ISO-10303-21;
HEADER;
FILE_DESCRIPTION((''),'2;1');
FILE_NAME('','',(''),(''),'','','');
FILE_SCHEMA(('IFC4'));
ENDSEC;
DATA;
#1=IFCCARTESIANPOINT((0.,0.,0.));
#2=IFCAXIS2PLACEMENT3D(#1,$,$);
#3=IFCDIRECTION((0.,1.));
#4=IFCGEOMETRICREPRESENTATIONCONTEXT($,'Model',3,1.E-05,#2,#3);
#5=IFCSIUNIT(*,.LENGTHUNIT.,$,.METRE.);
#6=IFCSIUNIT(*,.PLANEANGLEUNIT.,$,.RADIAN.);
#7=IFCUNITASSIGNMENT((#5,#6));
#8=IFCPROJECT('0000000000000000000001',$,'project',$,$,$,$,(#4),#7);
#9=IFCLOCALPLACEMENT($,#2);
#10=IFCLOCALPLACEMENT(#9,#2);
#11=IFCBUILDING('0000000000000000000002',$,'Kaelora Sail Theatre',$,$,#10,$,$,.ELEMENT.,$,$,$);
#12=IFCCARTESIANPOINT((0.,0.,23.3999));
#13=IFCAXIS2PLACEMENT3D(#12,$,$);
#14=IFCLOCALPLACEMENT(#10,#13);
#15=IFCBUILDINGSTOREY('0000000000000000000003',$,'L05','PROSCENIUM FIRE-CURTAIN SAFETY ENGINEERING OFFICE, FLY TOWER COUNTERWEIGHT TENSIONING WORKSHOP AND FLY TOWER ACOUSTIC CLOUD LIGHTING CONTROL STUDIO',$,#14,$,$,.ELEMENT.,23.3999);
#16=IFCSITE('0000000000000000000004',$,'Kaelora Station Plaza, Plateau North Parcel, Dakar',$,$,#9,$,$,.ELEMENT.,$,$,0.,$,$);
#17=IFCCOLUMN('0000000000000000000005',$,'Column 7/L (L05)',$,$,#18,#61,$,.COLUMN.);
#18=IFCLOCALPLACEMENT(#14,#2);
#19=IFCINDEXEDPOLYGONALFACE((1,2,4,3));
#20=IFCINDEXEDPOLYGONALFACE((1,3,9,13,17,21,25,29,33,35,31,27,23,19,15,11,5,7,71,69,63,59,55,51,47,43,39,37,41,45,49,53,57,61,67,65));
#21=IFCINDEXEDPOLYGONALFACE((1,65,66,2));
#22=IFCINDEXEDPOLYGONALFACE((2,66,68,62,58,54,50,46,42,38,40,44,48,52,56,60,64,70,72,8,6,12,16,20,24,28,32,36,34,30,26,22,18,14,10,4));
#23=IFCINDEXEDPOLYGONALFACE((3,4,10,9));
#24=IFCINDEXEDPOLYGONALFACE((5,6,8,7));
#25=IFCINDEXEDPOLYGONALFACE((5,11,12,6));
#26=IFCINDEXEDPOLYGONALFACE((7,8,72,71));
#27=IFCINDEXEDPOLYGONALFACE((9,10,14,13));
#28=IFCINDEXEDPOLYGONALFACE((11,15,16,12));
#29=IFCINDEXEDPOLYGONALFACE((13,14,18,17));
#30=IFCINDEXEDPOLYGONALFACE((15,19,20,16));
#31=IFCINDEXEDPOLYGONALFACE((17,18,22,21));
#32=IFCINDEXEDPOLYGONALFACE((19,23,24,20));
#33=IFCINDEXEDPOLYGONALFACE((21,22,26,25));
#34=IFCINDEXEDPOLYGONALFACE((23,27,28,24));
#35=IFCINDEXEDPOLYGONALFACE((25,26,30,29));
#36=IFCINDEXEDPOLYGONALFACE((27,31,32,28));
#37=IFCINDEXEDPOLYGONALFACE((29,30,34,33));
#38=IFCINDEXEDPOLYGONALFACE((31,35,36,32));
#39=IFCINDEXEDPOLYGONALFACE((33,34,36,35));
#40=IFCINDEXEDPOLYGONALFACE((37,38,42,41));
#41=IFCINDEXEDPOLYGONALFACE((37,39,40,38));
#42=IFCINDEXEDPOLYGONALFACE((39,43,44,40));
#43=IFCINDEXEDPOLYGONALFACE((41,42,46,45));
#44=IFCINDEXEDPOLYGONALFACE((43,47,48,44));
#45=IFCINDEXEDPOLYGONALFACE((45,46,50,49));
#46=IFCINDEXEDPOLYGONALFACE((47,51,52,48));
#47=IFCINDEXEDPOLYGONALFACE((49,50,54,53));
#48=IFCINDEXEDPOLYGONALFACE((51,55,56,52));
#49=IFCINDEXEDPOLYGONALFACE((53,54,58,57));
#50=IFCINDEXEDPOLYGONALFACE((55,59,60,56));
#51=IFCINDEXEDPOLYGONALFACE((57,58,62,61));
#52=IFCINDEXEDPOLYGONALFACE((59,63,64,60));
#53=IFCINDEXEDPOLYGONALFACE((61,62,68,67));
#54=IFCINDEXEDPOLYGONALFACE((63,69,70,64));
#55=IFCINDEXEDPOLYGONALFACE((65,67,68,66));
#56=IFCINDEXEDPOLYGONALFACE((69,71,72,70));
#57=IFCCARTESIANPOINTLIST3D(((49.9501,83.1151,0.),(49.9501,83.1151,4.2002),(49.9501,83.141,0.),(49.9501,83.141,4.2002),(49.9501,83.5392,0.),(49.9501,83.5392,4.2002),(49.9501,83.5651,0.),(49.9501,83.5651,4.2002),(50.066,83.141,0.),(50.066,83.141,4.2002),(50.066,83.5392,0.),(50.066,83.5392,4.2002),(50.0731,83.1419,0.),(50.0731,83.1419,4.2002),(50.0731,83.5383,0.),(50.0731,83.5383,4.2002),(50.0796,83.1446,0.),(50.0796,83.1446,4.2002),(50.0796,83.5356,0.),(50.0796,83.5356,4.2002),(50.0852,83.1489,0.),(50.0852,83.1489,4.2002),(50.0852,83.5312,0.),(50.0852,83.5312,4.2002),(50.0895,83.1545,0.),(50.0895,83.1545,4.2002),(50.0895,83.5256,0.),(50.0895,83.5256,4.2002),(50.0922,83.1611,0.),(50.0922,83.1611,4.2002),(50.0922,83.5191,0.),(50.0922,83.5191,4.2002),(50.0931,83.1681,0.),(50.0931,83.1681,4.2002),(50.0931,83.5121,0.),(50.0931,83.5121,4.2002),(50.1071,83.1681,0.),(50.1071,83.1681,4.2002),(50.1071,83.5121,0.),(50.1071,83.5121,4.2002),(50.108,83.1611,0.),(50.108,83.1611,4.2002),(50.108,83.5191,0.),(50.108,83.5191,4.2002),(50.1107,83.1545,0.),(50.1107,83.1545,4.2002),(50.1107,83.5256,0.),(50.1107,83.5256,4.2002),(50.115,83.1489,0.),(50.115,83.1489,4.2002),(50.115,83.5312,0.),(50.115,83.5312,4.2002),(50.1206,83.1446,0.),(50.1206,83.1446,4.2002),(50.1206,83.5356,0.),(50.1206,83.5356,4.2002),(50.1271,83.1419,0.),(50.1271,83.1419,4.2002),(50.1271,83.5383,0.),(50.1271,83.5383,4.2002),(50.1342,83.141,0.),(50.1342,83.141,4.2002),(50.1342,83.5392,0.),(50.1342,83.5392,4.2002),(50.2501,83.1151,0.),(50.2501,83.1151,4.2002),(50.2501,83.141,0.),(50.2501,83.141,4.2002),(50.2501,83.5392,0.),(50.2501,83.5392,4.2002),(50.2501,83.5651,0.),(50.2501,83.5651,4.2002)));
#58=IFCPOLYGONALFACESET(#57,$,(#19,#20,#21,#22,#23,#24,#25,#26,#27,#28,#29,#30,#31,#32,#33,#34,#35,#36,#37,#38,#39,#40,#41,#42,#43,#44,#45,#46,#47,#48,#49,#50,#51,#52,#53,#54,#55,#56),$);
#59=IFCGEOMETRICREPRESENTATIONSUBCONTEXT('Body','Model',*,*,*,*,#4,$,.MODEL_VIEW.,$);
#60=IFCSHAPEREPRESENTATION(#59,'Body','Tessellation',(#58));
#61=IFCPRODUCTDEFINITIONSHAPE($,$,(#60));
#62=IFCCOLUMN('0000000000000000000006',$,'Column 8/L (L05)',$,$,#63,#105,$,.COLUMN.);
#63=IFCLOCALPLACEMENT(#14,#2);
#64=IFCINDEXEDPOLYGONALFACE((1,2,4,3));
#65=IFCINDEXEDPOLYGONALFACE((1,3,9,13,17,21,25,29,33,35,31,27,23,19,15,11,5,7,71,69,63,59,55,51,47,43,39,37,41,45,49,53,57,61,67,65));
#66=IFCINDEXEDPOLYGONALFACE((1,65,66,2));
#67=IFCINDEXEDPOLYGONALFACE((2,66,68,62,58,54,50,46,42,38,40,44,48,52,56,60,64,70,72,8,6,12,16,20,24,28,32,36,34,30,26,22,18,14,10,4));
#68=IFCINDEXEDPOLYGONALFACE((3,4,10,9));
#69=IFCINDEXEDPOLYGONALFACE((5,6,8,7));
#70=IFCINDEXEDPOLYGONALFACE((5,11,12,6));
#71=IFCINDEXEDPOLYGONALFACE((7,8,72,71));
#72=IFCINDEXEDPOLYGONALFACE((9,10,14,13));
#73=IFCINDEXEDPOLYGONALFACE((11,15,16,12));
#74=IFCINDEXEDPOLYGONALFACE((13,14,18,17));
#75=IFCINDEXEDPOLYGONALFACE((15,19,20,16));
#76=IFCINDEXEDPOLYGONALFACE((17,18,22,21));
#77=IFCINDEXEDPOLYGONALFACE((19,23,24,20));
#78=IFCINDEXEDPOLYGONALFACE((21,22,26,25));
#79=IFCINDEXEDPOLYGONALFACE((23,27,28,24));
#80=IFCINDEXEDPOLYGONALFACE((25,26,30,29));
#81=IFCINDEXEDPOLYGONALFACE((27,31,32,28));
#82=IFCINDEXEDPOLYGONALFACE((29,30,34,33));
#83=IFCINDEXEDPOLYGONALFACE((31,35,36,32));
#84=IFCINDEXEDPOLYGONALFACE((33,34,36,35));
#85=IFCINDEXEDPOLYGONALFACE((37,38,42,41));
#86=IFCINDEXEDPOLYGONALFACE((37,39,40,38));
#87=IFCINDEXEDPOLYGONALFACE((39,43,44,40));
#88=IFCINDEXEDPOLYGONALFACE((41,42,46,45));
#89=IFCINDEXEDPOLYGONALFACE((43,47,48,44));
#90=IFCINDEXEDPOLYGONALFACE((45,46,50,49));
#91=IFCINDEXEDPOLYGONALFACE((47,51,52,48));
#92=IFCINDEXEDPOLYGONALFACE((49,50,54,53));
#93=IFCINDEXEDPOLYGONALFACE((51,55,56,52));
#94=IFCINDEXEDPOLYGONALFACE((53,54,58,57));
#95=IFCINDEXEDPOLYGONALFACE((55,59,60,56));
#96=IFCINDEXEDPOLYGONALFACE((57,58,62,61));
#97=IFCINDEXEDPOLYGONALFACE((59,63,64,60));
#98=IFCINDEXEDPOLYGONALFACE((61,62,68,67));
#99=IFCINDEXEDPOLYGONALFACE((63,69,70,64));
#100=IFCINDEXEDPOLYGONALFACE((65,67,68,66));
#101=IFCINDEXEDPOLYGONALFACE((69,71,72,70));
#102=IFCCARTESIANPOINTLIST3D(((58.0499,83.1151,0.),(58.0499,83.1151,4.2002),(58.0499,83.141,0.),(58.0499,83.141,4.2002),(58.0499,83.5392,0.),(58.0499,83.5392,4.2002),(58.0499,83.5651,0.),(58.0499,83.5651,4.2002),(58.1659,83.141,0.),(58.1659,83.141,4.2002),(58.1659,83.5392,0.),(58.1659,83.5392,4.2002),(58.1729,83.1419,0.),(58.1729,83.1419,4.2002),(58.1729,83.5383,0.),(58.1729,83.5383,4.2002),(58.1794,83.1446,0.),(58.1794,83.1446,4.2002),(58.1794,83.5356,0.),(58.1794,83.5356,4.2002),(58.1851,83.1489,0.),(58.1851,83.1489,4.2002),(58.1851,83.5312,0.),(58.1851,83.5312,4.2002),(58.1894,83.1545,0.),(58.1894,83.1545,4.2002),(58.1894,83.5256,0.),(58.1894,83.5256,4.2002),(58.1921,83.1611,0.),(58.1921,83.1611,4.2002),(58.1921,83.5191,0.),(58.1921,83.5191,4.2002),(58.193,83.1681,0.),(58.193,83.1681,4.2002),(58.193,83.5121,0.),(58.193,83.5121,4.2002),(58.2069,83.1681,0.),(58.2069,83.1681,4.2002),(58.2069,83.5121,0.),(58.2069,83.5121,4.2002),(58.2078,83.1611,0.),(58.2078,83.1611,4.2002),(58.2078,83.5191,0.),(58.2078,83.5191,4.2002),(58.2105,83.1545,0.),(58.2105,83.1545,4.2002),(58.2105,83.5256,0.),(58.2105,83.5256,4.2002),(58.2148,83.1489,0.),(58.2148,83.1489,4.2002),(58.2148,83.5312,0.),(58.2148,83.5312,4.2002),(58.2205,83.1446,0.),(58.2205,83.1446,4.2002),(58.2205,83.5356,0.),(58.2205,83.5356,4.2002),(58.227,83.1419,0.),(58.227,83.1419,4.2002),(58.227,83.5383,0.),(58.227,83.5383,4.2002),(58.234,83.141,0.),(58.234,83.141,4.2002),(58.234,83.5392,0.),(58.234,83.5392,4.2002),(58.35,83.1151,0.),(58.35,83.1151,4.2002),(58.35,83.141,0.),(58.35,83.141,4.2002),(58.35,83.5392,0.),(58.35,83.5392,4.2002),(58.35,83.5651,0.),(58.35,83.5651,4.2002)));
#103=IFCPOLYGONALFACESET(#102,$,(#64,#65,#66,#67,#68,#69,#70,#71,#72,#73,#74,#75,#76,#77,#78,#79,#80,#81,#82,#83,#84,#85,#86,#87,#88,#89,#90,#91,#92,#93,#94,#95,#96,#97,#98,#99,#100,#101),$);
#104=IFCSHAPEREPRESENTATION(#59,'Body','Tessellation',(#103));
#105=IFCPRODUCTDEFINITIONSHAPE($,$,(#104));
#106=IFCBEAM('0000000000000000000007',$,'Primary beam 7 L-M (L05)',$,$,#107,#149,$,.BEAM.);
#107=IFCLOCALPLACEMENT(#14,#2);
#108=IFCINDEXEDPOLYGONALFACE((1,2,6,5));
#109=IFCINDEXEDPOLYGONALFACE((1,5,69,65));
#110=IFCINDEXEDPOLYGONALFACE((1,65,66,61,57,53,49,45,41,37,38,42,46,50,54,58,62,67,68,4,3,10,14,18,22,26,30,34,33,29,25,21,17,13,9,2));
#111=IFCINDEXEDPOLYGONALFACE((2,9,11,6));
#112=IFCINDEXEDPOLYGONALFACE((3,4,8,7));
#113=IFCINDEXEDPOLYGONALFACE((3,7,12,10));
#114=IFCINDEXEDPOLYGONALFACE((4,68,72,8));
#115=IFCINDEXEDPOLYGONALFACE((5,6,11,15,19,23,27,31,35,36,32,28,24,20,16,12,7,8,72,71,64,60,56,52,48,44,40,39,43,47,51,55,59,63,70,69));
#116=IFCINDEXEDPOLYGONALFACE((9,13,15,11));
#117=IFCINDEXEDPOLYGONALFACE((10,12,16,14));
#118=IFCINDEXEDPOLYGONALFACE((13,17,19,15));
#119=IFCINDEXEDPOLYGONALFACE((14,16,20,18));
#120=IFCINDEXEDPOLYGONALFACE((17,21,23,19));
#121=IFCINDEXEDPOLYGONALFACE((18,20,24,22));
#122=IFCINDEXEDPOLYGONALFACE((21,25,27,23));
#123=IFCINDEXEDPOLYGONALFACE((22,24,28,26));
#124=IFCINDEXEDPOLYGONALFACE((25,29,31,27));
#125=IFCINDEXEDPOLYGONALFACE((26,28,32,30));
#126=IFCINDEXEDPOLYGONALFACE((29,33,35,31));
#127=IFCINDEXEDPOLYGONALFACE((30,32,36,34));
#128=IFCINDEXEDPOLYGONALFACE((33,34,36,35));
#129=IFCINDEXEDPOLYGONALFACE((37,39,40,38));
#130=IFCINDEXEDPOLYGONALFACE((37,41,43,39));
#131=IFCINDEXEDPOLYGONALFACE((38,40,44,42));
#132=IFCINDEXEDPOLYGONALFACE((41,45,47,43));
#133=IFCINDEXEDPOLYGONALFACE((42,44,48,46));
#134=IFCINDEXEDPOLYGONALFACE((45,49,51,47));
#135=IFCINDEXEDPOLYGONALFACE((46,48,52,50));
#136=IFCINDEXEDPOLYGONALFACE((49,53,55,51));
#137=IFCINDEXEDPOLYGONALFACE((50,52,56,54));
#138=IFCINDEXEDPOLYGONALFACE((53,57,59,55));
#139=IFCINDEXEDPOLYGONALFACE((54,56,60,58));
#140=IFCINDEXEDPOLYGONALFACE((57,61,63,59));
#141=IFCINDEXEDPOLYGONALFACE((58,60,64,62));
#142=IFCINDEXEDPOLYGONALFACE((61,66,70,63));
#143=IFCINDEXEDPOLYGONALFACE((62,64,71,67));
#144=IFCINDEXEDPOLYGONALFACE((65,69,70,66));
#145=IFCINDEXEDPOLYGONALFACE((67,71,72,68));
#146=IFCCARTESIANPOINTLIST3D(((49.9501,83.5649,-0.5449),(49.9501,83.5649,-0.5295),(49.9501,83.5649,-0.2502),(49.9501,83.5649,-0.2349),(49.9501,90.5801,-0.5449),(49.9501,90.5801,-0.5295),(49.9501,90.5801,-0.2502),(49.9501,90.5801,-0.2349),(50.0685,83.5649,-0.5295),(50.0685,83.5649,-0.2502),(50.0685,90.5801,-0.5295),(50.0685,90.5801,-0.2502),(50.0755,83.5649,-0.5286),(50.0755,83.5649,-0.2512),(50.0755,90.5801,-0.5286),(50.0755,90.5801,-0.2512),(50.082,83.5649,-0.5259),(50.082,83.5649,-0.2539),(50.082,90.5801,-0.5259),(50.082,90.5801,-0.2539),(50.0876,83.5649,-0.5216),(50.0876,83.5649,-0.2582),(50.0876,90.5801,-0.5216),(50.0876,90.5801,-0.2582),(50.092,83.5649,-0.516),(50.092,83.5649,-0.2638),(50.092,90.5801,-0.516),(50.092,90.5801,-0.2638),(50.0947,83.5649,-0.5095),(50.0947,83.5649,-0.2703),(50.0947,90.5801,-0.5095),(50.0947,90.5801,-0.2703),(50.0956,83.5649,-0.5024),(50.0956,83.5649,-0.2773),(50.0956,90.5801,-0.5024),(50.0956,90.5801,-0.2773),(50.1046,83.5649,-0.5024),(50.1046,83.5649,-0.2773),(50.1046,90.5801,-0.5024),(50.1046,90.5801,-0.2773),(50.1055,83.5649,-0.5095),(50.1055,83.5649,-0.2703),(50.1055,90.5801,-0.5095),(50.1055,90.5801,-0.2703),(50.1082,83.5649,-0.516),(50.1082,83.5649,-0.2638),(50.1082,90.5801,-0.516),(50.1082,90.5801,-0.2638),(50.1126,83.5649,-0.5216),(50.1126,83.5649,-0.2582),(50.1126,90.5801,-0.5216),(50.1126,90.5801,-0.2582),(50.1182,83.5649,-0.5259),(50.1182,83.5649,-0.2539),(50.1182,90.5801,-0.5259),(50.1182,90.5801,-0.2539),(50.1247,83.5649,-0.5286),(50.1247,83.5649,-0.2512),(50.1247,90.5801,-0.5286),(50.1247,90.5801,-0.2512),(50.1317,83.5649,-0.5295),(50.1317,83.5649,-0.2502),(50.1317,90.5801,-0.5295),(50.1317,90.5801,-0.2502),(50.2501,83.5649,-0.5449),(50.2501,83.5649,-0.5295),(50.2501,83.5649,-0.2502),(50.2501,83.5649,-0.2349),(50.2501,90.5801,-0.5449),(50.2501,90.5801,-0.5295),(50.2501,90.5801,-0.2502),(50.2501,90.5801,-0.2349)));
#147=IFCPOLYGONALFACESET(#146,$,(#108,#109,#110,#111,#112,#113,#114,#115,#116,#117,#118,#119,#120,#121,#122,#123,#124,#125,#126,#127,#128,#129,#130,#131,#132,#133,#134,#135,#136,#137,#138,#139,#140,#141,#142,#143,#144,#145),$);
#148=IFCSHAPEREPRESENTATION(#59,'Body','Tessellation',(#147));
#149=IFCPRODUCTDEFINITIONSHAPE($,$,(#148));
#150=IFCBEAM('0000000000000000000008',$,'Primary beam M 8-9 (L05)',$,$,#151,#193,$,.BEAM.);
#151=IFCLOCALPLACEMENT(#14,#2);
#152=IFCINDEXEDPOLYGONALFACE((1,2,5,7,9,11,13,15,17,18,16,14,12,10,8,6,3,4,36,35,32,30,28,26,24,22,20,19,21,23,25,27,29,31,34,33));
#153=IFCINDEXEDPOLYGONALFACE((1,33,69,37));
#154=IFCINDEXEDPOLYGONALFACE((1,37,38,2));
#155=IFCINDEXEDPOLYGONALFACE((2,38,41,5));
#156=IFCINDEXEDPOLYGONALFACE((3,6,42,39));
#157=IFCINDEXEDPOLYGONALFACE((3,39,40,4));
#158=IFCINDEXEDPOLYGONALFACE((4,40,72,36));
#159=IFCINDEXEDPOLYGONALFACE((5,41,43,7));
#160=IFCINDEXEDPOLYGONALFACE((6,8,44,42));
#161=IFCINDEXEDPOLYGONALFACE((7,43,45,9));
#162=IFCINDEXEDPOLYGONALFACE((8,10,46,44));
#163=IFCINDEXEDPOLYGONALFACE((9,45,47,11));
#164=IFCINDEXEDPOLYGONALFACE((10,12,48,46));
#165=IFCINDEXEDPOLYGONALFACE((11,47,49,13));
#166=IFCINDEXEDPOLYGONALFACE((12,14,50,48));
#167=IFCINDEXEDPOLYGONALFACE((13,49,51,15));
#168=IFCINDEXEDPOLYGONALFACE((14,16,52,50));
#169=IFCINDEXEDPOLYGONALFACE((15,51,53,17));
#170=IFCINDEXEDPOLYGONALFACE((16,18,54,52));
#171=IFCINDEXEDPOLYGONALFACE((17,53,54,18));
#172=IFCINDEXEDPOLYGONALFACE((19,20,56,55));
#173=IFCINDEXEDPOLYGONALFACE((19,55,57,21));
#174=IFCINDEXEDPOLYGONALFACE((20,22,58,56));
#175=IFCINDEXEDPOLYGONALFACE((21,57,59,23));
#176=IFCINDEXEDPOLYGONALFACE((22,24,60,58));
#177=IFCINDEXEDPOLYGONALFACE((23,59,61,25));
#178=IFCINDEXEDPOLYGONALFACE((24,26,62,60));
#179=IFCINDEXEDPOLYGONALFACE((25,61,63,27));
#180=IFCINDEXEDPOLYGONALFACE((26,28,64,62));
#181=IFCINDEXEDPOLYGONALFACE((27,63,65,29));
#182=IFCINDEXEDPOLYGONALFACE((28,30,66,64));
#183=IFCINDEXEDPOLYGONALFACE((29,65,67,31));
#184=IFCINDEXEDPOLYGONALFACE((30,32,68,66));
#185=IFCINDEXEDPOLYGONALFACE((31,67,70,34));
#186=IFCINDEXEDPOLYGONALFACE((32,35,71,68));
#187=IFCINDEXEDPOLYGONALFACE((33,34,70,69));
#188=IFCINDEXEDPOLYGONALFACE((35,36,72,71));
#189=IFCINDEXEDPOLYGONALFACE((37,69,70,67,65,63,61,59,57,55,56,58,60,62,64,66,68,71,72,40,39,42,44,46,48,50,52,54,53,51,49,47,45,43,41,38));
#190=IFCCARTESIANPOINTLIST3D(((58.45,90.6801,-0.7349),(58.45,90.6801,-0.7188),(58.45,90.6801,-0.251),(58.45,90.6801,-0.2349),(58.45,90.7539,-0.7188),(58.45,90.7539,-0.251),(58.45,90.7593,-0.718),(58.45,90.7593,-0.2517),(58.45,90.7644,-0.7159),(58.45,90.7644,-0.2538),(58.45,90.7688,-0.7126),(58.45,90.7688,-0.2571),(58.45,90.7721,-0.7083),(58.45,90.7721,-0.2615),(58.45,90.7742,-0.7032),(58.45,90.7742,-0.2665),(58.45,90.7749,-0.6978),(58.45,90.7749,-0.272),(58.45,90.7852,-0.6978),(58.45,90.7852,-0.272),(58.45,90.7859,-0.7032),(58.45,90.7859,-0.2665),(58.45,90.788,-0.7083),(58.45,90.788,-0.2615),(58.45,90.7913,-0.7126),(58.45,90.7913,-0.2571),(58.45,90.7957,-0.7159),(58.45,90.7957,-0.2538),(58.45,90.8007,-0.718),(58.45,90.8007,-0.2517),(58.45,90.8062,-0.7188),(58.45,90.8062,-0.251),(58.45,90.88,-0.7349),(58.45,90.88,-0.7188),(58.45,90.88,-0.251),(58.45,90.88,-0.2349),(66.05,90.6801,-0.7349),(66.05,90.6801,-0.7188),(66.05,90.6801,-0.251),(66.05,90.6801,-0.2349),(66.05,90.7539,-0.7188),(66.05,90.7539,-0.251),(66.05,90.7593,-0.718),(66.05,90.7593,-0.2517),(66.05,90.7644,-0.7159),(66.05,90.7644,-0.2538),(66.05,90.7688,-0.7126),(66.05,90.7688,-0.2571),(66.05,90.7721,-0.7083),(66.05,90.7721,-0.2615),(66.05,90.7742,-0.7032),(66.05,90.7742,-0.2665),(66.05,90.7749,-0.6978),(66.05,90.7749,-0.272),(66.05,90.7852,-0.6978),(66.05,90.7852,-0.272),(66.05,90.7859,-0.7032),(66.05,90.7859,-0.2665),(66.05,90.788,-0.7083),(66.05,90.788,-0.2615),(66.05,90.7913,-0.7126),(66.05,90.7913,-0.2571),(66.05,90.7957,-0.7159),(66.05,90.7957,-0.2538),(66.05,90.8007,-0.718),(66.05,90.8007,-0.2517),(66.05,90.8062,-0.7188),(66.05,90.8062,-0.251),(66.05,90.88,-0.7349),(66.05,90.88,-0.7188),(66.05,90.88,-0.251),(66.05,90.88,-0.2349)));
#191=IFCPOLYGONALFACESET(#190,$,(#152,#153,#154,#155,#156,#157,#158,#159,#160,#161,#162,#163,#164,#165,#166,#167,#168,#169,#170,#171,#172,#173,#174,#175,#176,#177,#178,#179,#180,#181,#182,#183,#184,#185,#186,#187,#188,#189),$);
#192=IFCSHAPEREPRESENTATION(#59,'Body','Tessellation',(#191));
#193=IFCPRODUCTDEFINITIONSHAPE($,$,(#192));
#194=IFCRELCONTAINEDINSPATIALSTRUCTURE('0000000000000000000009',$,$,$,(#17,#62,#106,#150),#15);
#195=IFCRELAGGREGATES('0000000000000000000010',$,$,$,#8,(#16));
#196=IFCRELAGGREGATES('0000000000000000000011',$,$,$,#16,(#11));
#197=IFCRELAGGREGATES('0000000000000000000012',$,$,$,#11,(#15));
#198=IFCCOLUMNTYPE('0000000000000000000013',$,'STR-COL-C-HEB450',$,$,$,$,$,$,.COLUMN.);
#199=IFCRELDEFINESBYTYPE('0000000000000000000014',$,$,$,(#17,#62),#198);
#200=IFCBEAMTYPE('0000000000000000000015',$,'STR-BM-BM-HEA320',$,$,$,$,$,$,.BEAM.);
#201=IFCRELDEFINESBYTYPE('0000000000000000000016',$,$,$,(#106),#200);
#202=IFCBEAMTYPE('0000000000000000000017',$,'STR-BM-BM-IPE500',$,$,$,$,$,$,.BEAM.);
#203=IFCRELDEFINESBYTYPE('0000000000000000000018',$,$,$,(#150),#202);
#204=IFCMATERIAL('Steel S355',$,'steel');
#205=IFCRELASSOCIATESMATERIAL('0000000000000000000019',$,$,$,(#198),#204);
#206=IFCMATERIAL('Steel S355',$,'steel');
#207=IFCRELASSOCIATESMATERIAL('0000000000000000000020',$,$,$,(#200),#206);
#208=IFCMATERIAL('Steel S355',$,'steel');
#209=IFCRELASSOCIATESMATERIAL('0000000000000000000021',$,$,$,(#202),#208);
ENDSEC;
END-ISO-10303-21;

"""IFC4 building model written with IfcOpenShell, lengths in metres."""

from ifc_helpers import new_model, si_unit, direction, frame, origin, origin_2d, place, context, subcontext, project, spatial, i_section, extrude, material, material_profile, profile_set, type_object, element, save


model = new_model("IFC4")

# Units and contexts
model_context = context("Model", 3, precision=1e-05, world=origin(), true_north=direction((0.0, 1.0)))
body_context = subcontext(model_context, "Body", "Model", "MODEL_VIEW")
ifc_project = project(units=[si_unit("LENGTHUNIT", "METRE"), si_unit("PLANEANGLEUNIT", "RADIAN")], contexts=[model_context])

# Site, building, storey
site_placement = place(None, origin())
site = spatial("IfcSite", under=ifc_project, at=site_placement, Name="Kaelora Station Plaza, Plateau North Parcel, Dakar", CompositionType="ELEMENT", RefElevation=0.0)
building_placement = place(site_placement, origin())
building = spatial("IfcBuilding", under=site, at=building_placement, Name="Kaelora Sail Theatre", CompositionType="ELEMENT")
storey_placement = place(building_placement, frame((0.0, 0.0, 23.3999)))
storey = spatial("IfcBuildingStorey", under=building, at=storey_placement, Name="L05", Description="PROSCENIUM FIRE-CURTAIN SAFETY ENGINEERING OFFICE, FLY TOWER COUNTERWEIGHT TENSIONING WORKSHOP AND FLY TOWER ACOUSTIC CLOUD LIGHTING CONTROL STUDIO", CompositionType="ELEMENT", Elevation=23.3999)

# Columns
ifc_material_1 = material(Name="Steel S355", Category="steel")
ifc_material_profile_1 = material_profile(ifc_material_1, i_section(OverallWidth=0.3, OverallDepth=0.45, WebThickness=0.0139, FlangeThickness=0.0259, FilletRadius=0.0271, at=origin_2d()), Name="HEB 450")
ifc_profile_set_1 = profile_set([ifc_material_profile_1], Name="Steel S355")
column_type = type_object("IfcColumnType", Name="STR-COL-C-HEB450", PredefinedType="COLUMN", material=ifc_profile_set_1)
for number, where, z_axis, x_axis, name in (
    (1, (50.1001, 83.3401, 0.0), (0.0, 0.0, 1.0), (1.0, 0.0, 0.0), "Column 7/L (L05)"),
    (2, (58.2, 83.3401, 0.0), (0.0, 0.0, 1.0), (1.0, 0.0, 0.0), "Column 8/L (L05)"),
):
    element("IfcColumn", number, at=place(storey_placement, frame(where, z_axis=z_axis, x_axis=x_axis)), inside=storey, type_object=column_type, Name=name, PredefinedType="COLUMN", context=body_context, shape_type="SweptSolid", body=[
        extrude(i_section(OverallWidth=0.3, OverallDepth=0.45, WebThickness=0.0139, FlangeThickness=0.0259, FilletRadius=0.0271, at=origin_2d()), origin(), (0.0, 0.0, 1.0), 4.2002),
    ])

# Beams
ifc_material_2 = material(Name="Steel S355", Category="steel")
ifc_material_profile_2 = material_profile(ifc_material_2, i_section(OverallWidth=0.3, OverallDepth=0.3101, WebThickness=0.009, FlangeThickness=0.0154, FilletRadius=0.0271, at=origin_2d()), Name="HEA 320")
ifc_profile_set_2 = profile_set([ifc_material_profile_2], Name="Steel S355")
beam_type_1 = type_object("IfcBeamType", Name="STR-BM-BM-HEA320", PredefinedType="BEAM", material=ifc_profile_set_2)
beam_1_placement = place(storey_placement, frame((50.1001, 83.5649, -0.3899), z_axis=(0.0, 1.0, 0.0), x_axis=(-1.0, 0.0, 0.0)))
element("IfcBeam", 3, at=beam_1_placement, inside=storey, type_object=beam_type_1, Name="Primary beam 7 L-M (L05)", PredefinedType="BEAM", context=body_context, shape_type="SweptSolid", body=[
    extrude(i_section(OverallWidth=0.3, OverallDepth=0.3101, WebThickness=0.009, FlangeThickness=0.0154, FilletRadius=0.0271, at=origin_2d()), origin(), (0.0, 0.0, 1.0), 7.0151),
])
ifc_material_3 = material(Name="Steel S355", Category="steel")
ifc_material_profile_3 = material_profile(ifc_material_3, i_section(OverallWidth=0.2, OverallDepth=0.5, WebThickness=0.0103, FlangeThickness=0.0161, FilletRadius=0.021, at=origin_2d()), Name="IPE 500")
ifc_profile_set_3 = profile_set([ifc_material_profile_3], Name="Steel S355")
beam_type_2 = type_object("IfcBeamType", Name="STR-BM-BM-IPE500", PredefinedType="BEAM", material=ifc_profile_set_3)
beam_2_placement = place(storey_placement, frame((58.45, 90.78, -0.4849), z_axis=(1.0, 0.0, 0.0), x_axis=(0.0, 1.0, 0.0)))
element("IfcBeam", 4, at=beam_2_placement, inside=storey, type_object=beam_type_2, Name="Primary beam M 8-9 (L05)", PredefinedType="BEAM", context=body_context, shape_type="SweptSolid", body=[
    extrude(i_section(OverallWidth=0.2, OverallDepth=0.5, WebThickness=0.0103, FlangeThickness=0.0161, FilletRadius=0.021, at=origin_2d()), origin(), (0.0, 0.0, 1.0), 7.6001),
])

save(model, "model.ifc")
